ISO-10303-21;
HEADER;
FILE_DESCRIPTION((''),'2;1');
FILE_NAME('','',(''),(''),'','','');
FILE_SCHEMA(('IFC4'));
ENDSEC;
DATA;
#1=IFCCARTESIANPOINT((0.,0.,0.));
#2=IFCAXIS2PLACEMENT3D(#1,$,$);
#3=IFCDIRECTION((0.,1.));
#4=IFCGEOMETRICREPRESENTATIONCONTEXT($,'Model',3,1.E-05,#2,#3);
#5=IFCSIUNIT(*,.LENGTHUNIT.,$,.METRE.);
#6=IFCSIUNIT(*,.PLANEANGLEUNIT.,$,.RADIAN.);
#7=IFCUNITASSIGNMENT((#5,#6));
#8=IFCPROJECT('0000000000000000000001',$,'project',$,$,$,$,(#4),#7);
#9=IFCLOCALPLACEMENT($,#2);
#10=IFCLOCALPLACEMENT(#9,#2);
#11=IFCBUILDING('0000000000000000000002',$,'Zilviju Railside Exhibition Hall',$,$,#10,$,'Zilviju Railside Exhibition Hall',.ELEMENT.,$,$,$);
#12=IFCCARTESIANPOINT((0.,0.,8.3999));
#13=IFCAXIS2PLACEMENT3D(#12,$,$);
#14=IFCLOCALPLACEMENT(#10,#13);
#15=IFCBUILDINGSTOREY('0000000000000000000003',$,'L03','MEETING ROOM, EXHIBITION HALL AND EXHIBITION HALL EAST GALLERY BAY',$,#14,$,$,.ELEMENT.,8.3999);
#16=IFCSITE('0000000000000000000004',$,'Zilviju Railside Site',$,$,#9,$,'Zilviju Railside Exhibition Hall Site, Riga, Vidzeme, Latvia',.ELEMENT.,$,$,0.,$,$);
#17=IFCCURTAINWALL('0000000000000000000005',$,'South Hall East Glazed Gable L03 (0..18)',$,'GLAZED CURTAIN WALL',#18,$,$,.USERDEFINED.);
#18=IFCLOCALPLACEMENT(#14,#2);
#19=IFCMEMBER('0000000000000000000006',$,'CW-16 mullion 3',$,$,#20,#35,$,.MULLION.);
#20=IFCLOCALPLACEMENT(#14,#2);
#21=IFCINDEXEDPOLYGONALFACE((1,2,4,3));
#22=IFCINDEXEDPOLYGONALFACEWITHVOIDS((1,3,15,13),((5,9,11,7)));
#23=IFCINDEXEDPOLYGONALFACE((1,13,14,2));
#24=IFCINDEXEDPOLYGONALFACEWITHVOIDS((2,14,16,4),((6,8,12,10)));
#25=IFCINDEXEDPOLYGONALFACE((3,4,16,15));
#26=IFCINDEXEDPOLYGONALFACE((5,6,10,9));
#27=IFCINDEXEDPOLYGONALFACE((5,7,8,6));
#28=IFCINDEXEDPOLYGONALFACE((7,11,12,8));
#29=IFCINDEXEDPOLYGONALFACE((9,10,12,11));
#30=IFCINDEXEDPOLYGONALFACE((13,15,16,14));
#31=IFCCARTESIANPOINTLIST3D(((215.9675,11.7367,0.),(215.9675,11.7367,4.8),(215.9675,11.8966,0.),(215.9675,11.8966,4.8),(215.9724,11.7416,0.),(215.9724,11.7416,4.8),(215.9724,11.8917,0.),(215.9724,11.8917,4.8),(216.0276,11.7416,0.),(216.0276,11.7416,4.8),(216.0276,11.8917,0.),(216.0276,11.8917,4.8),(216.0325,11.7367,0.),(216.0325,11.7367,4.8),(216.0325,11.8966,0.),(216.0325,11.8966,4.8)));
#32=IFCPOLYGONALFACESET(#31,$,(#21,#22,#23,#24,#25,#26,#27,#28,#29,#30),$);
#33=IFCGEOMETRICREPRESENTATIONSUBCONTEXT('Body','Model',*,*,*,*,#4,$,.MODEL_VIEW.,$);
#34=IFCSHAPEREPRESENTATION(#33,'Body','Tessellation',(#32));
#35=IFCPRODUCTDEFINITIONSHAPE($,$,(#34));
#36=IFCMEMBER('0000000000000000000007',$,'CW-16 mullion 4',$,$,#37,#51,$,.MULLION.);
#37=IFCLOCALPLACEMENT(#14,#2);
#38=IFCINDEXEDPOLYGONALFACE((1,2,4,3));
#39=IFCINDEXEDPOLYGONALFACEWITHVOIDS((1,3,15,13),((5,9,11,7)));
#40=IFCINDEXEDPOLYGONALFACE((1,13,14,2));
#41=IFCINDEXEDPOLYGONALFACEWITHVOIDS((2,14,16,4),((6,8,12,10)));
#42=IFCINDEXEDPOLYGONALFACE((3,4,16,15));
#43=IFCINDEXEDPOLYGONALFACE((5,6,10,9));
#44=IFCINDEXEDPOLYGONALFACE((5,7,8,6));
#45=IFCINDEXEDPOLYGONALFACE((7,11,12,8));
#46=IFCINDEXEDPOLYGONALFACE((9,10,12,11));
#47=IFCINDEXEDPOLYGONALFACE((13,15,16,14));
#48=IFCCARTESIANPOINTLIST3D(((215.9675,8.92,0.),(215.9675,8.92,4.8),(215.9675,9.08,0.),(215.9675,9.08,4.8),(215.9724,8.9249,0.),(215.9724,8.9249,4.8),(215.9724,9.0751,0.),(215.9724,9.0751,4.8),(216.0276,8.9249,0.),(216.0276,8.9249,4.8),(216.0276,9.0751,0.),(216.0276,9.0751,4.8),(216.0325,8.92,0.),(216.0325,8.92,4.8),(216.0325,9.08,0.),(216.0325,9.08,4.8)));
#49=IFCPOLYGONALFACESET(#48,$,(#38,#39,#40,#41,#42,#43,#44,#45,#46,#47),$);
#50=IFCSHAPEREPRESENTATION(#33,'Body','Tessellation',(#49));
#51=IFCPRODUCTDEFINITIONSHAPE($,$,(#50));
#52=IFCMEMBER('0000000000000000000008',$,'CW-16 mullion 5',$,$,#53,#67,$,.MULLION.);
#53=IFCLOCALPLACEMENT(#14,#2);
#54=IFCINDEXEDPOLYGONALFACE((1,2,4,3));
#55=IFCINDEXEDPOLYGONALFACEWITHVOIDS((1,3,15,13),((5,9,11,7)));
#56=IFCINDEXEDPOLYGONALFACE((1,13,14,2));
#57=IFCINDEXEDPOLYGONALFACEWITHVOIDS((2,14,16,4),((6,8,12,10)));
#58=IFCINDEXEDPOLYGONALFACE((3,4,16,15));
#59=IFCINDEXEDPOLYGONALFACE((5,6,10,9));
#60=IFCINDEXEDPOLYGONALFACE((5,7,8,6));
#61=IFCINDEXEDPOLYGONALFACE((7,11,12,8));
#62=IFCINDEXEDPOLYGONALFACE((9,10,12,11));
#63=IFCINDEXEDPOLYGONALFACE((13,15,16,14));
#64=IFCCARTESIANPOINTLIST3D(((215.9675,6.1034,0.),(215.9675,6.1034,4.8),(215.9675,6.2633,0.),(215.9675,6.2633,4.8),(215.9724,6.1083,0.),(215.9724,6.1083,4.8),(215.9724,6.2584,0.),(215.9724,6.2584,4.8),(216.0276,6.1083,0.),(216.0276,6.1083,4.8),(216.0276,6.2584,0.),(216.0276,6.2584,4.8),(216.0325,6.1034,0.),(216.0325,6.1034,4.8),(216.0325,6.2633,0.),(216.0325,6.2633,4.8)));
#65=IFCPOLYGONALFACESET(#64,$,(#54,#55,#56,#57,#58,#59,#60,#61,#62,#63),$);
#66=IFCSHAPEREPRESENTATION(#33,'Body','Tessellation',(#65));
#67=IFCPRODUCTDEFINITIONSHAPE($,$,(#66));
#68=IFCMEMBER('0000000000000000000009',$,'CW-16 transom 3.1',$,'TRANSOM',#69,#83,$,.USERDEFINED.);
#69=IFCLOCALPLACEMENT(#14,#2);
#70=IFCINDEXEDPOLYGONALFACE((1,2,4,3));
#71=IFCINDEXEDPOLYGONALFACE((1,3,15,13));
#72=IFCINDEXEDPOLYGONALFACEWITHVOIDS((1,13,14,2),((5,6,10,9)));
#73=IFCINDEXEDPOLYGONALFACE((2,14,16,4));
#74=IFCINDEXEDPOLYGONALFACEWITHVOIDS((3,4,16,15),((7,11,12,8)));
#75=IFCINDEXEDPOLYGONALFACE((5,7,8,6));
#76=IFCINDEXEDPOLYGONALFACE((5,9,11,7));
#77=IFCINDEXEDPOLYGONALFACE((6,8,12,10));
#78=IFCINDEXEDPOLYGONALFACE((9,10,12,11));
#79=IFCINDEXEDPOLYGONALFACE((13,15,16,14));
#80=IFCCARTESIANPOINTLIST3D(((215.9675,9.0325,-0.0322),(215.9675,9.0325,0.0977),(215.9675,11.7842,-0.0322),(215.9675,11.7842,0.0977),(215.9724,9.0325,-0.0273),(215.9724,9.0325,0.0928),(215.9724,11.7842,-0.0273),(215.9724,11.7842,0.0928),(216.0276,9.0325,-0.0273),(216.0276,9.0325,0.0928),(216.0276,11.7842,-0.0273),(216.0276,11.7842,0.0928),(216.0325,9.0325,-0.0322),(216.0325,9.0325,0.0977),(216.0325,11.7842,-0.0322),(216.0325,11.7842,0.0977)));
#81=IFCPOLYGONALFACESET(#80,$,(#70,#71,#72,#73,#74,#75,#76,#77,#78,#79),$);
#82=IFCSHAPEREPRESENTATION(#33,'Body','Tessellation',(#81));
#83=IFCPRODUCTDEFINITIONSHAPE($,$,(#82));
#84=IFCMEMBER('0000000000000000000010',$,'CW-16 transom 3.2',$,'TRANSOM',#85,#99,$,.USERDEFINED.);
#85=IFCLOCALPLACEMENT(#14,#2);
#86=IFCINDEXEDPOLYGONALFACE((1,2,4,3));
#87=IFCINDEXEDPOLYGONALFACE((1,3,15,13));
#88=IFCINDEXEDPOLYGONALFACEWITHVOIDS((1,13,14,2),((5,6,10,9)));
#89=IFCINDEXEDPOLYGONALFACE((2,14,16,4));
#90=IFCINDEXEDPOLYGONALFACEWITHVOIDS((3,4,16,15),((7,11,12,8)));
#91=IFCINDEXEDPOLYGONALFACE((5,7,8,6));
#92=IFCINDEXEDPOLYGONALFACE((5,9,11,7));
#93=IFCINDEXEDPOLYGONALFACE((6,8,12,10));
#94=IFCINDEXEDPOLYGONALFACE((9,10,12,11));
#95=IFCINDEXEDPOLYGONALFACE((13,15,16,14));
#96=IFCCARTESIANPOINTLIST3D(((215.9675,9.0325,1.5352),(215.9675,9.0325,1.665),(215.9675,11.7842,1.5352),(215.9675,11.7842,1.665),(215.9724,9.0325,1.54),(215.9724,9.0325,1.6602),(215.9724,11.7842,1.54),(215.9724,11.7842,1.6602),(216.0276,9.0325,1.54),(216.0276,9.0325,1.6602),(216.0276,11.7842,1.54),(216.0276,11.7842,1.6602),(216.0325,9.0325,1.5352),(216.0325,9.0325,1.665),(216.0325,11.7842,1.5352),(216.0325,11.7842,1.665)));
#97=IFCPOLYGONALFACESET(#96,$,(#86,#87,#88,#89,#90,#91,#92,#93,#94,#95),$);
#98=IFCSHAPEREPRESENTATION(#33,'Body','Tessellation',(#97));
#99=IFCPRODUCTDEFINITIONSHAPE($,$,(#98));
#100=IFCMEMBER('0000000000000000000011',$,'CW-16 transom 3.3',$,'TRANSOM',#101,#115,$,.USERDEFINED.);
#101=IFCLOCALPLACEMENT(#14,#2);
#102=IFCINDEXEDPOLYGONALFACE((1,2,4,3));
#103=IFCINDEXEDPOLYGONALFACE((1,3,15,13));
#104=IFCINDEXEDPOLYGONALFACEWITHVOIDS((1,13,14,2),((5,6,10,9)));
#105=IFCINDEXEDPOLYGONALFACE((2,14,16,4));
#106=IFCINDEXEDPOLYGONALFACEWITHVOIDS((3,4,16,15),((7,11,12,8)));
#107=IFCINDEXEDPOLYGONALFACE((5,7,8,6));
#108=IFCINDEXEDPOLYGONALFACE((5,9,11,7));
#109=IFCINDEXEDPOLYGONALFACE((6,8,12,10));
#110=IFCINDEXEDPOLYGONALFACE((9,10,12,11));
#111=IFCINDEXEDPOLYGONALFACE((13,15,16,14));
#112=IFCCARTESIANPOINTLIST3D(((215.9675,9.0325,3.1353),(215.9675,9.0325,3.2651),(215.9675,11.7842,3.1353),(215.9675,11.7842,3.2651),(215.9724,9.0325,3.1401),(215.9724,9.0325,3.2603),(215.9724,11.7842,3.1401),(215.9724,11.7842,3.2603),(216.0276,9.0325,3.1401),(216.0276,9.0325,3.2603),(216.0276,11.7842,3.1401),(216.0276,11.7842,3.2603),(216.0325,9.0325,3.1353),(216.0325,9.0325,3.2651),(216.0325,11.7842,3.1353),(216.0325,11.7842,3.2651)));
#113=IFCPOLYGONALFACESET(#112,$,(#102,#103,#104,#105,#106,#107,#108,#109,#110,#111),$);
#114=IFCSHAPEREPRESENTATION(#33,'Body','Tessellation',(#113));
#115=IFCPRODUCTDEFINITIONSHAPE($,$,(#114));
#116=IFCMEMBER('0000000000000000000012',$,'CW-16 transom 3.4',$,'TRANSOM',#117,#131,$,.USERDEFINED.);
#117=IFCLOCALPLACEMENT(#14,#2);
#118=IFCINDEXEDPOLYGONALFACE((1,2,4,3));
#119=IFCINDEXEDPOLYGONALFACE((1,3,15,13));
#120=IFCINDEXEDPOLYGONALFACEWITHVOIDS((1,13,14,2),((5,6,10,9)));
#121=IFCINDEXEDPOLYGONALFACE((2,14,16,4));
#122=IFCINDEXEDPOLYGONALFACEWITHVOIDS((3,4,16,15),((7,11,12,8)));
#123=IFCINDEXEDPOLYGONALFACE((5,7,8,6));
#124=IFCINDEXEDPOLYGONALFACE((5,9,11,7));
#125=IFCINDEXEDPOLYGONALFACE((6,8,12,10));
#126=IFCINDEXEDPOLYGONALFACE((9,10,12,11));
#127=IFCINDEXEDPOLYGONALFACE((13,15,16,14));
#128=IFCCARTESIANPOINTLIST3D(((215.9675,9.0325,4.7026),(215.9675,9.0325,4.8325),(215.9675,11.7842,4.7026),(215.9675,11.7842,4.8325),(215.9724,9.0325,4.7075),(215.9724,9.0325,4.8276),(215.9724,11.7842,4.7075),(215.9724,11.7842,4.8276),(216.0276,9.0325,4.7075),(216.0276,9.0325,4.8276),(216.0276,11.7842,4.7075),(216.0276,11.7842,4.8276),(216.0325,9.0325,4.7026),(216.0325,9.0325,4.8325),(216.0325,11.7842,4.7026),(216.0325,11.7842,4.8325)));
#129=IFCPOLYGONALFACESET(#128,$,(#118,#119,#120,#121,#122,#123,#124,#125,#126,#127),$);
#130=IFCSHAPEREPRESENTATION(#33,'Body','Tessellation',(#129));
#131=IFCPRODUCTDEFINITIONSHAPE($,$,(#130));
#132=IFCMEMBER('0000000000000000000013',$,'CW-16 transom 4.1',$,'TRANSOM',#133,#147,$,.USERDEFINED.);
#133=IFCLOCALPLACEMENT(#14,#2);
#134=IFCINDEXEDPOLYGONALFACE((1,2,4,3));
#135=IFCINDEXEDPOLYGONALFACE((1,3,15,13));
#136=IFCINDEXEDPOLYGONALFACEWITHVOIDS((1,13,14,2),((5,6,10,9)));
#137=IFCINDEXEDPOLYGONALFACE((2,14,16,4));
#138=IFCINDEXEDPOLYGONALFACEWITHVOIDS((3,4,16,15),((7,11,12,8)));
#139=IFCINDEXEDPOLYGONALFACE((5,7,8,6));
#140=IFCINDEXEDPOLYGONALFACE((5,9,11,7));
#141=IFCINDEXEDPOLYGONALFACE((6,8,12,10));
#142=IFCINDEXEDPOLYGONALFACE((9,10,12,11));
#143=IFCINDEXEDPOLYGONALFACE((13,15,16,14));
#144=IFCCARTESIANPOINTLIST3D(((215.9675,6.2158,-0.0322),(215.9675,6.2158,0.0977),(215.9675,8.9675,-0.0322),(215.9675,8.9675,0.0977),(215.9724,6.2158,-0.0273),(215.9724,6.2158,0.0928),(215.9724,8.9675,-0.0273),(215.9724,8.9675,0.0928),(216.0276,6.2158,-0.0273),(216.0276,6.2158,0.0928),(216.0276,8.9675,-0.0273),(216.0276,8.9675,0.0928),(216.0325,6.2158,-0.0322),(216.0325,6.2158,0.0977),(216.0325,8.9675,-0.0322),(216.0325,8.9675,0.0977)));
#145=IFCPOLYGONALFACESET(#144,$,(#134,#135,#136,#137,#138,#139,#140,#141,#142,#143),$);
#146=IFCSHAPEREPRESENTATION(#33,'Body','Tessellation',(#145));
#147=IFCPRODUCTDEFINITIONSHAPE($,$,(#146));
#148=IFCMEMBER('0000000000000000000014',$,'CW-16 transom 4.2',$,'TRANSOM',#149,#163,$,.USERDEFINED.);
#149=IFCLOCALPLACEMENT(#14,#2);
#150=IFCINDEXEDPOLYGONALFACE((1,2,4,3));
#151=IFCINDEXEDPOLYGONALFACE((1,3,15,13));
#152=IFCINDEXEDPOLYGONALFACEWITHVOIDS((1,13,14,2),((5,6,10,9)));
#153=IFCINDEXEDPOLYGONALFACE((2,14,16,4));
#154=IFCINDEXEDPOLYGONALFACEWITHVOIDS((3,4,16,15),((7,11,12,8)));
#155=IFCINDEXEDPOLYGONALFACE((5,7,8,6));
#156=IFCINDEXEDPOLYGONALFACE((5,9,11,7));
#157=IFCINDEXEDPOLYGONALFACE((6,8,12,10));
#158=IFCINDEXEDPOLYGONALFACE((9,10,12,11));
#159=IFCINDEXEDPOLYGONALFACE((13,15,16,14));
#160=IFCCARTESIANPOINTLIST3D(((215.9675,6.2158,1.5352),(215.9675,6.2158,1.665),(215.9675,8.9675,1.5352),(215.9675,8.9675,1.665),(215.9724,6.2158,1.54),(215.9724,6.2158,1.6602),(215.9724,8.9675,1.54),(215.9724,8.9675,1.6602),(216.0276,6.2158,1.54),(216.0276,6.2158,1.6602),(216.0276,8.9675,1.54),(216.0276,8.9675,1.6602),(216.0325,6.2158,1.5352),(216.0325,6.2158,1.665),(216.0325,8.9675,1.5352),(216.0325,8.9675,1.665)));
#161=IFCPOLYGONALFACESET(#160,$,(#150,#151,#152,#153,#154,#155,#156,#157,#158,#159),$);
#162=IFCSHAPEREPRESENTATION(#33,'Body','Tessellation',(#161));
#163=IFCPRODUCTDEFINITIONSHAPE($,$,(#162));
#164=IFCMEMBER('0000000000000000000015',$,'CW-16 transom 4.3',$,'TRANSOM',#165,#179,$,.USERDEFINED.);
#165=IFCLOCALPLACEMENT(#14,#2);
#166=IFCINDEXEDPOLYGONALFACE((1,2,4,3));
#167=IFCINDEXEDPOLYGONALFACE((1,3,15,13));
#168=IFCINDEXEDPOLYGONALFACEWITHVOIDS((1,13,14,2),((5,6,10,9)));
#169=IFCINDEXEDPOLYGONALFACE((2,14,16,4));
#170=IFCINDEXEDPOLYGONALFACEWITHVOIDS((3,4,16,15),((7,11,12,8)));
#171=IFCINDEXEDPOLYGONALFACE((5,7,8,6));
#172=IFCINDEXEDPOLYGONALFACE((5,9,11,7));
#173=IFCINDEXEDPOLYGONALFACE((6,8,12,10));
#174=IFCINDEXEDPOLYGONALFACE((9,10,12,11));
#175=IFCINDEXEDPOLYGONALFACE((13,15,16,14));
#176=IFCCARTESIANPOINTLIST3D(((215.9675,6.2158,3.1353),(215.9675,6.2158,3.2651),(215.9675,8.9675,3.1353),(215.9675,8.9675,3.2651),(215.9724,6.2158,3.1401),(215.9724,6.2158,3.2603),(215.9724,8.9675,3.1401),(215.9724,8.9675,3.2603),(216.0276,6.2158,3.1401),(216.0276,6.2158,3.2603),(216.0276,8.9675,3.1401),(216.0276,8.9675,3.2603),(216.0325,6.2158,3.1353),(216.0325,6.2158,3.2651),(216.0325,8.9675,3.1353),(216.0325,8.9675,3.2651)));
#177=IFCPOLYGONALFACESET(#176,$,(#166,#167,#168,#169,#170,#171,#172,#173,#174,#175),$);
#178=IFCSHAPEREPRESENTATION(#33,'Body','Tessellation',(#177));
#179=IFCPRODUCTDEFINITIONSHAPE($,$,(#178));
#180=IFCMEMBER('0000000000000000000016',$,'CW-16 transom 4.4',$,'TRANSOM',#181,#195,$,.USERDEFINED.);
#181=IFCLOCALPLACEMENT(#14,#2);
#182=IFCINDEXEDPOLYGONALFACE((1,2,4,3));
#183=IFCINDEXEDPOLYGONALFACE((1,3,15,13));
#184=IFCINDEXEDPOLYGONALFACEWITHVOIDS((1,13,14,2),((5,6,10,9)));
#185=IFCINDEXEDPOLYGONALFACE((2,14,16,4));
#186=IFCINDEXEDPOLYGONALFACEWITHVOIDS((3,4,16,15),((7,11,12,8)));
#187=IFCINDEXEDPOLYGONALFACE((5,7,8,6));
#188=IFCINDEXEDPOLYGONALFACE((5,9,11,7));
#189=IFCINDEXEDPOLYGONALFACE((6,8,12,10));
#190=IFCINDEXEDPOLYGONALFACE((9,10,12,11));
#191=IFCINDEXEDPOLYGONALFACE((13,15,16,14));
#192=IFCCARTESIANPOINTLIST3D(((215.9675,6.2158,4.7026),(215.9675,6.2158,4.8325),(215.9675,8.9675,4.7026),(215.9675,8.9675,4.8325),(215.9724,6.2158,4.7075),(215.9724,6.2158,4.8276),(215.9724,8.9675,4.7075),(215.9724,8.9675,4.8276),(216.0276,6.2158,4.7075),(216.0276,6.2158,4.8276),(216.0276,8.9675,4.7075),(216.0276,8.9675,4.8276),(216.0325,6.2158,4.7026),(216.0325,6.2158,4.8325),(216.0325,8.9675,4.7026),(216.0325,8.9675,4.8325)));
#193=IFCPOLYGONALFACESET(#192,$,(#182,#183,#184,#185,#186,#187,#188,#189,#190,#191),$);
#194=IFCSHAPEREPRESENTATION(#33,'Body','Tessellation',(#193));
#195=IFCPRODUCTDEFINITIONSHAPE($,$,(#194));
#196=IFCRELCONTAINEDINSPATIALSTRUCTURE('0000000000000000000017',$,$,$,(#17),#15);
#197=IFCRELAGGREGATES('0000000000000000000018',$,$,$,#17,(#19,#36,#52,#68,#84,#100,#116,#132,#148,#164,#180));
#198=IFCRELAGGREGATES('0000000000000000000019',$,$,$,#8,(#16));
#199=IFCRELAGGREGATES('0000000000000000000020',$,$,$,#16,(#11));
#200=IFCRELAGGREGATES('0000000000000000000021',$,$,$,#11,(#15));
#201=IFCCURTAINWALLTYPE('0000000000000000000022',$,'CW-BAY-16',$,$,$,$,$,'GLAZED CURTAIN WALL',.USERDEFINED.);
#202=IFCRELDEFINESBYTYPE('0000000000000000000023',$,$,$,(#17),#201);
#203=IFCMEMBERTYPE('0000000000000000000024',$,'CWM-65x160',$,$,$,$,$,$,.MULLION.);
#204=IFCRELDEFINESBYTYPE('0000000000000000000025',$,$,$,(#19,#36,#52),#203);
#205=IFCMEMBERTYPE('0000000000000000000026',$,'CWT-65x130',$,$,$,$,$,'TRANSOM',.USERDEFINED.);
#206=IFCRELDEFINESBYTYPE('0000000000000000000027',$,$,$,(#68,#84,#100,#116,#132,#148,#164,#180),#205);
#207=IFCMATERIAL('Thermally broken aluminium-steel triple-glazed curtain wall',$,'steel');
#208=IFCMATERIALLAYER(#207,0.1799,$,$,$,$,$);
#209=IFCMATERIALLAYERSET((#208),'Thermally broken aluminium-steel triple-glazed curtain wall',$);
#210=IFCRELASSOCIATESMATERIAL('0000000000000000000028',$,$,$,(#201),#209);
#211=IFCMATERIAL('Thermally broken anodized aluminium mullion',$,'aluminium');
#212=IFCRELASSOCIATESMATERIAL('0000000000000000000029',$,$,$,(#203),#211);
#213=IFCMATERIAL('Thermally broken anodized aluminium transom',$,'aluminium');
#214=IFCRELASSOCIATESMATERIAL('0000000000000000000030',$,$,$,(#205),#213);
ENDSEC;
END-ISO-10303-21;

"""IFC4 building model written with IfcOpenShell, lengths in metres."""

from ifc_helpers import new_model, si_unit, direction, frame, origin, origin_2d, place, context, subcontext, project, spatial, hollow_rectangle, extrude, material, layer, layer_set, material_profile, profile_set, type_object, element, aggregate, save


model = new_model("IFC4")

# Units and contexts
model_context = context("Model", 3, precision=1e-05, world=origin(), true_north=direction((0.0, 1.0)))
body_context = subcontext(model_context, "Body", "Model", "MODEL_VIEW")
ifc_project = project(units=[si_unit("LENGTHUNIT", "METRE"), si_unit("PLANEANGLEUNIT", "RADIAN")], contexts=[model_context])

# Site, building, storey
site_placement = place(None, origin())
site = spatial("IfcSite", under=ifc_project, at=site_placement, Name="Zilviju Railside Site", LongName="Zilviju Railside Exhibition Hall Site, Riga, Vidzeme, Latvia", CompositionType="ELEMENT", RefElevation=0.0)
building_placement = place(site_placement, origin())
building = spatial("IfcBuilding", under=site, at=building_placement, Name="Zilviju Railside Exhibition Hall", LongName="Zilviju Railside Exhibition Hall", CompositionType="ELEMENT")
storey_placement = place(building_placement, frame((0.0, 0.0, 8.3999)))
storey = spatial("IfcBuildingStorey", under=building, at=storey_placement, Name="L03", Description="MEETING ROOM, EXHIBITION HALL AND EXHIBITION HALL EAST GALLERY BAY", CompositionType="ELEMENT", Elevation=8.3999)

# Curtain wall, members
ifc_material_1 = material(Name="Thermally broken aluminium-steel triple-glazed curtain wall", Category="steel")
ifc_layer_1 = layer(ifc_material_1, 0.1799)
ifc_layer_set_1 = layer_set([ifc_layer_1], Name="Thermally broken aluminium-steel triple-glazed curtain wall")
curtain_wall_type = type_object("IfcCurtainWallType", Name="CW-BAY-16", ElementType="GLAZED CURTAIN WALL", PredefinedType="USERDEFINED", material=ifc_layer_set_1)
curtain_wall_placement = place(storey_placement, origin())
curtain_wall = element("IfcCurtainWall", 1, at=curtain_wall_placement, inside=storey, type_object=curtain_wall_type, Name="South Hall East Glazed Gable L03 (0..18)", ObjectType="GLAZED CURTAIN WALL", PredefinedType="USERDEFINED")
ifc_material_2 = material(Name="Thermally broken anodized aluminium mullion", Category="aluminium")
ifc_material_profile_1 = material_profile(ifc_material_2, hollow_rectangle(XDim=0.0649, YDim=0.1599, WallThickness=0.0049, at=origin_2d()), Name="MULLION 160x65x5")
ifc_profile_set_1 = profile_set([ifc_material_profile_1], Name="Thermally broken anodized aluminium mullion")
member_type_1 = type_object("IfcMemberType", Name="CWM-65x160", PredefinedType="MULLION", material=ifc_profile_set_1)
member_1_placement = place(storey_placement, frame((216.0, 11.8167, 0.0), z_axis=(0.0, 0.0, 1.0), x_axis=(1.0, 0.0, 0.0)))
member_1 = element("IfcMember", 2, at=member_1_placement, type_object=member_type_1, Name="CW-16 mullion 3", PredefinedType="MULLION", context=body_context, shape_type="SweptSolid", body=[
    extrude(hollow_rectangle(XDim=0.0649, YDim=0.1599, WallThickness=0.0049, at=origin_2d()), origin(), (0.0, 0.0, 1.0), 4.8),
])
member_2_placement = place(storey_placement, frame((216.0, 9.0, 0.0), z_axis=(0.0, 0.0, 1.0), x_axis=(1.0, 0.0, 0.0)))
member_2 = element("IfcMember", 3, at=member_2_placement, type_object=member_type_1, Name="CW-16 mullion 4", PredefinedType="MULLION", context=body_context, shape_type="SweptSolid", body=[
    extrude(hollow_rectangle(XDim=0.0649, YDim=0.1599, WallThickness=0.0049, at=origin_2d()), origin(), (0.0, 0.0, 1.0), 4.8),
])
member_3_placement = place(storey_placement, frame((216.0, 6.1833, 0.0), z_axis=(0.0, 0.0, 1.0), x_axis=(1.0, 0.0, 0.0)))
member_3 = element("IfcMember", 4, at=member_3_placement, type_object=member_type_1, Name="CW-16 mullion 5", PredefinedType="MULLION", context=body_context, shape_type="SweptSolid", body=[
    extrude(hollow_rectangle(XDim=0.0649, YDim=0.1599, WallThickness=0.0049, at=origin_2d()), origin(), (0.0, 0.0, 1.0), 4.8),
])
ifc_material_3 = material(Name="Thermally broken anodized aluminium transom", Category="aluminium")
ifc_material_profile_2 = material_profile(ifc_material_3, hollow_rectangle(XDim=0.0649, YDim=0.1299, WallThickness=0.0049, at=origin_2d()), Name="TRANSOM 130x65x5")
ifc_profile_set_2 = profile_set([ifc_material_profile_2], Name="Thermally broken anodized aluminium transom")
member_type_2 = type_object("IfcMemberType", Name="CWT-65x130", ElementType="TRANSOM", PredefinedType="USERDEFINED", material=ifc_profile_set_2)
member_4_placement = place(storey_placement, frame((216.0, 11.7842, 0.0327), z_axis=(0.0, -1.0, 0.0), x_axis=(1.0, 0.0, 0.0)))
member_4 = element("IfcMember", 5, at=member_4_placement, type_object=member_type_2, Name="CW-16 transom 3.1", ObjectType="TRANSOM", PredefinedType="USERDEFINED", context=body_context, shape_type="SweptSolid", body=[
    extrude(hollow_rectangle(XDim=0.0649, YDim=0.1299, WallThickness=0.0049, at=origin_2d()), origin(), (0.0, 0.0, 1.0), 2.7517),
])
member_5_placement = place(storey_placement, frame((216.0, 11.7842, 1.6001), z_axis=(0.0, -1.0, 0.0), x_axis=(1.0, 0.0, 0.0)))
member_5 = element("IfcMember", 6, at=member_5_placement, type_object=member_type_2, Name="CW-16 transom 3.2", ObjectType="TRANSOM", PredefinedType="USERDEFINED", context=body_context, shape_type="SweptSolid", body=[
    extrude(hollow_rectangle(XDim=0.0649, YDim=0.1299, WallThickness=0.0049, at=origin_2d()), origin(), (0.0, 0.0, 1.0), 2.7517),
])
member_6_placement = place(storey_placement, frame((216.0, 11.7842, 3.2002), z_axis=(0.0, -1.0, 0.0), x_axis=(1.0, 0.0, 0.0)))
member_6 = element("IfcMember", 7, at=member_6_placement, type_object=member_type_2, Name="CW-16 transom 3.3", ObjectType="TRANSOM", PredefinedType="USERDEFINED", context=body_context, shape_type="SweptSolid", body=[
    extrude(hollow_rectangle(XDim=0.0649, YDim=0.1299, WallThickness=0.0049, at=origin_2d()), origin(), (0.0, 0.0, 1.0), 2.7517),
])
member_7_placement = place(storey_placement, frame((216.0, 11.7842, 4.7676), z_axis=(0.0, -1.0, 0.0), x_axis=(1.0, 0.0, 0.0)))
member_7 = element("IfcMember", 8, at=member_7_placement, type_object=member_type_2, Name="CW-16 transom 3.4", ObjectType="TRANSOM", PredefinedType="USERDEFINED", context=body_context, shape_type="SweptSolid", body=[
    extrude(hollow_rectangle(XDim=0.0649, YDim=0.1299, WallThickness=0.0049, at=origin_2d()), origin(), (0.0, 0.0, 1.0), 2.7517),
])
member_8_placement = place(storey_placement, frame((216.0, 8.9675, 0.0327), z_axis=(0.0, -1.0, 0.0), x_axis=(1.0, 0.0, 0.0)))
member_8 = element("IfcMember", 9, at=member_8_placement, type_object=member_type_2, Name="CW-16 transom 4.1", ObjectType="TRANSOM", PredefinedType="USERDEFINED", context=body_context, shape_type="SweptSolid", body=[
    extrude(hollow_rectangle(XDim=0.0649, YDim=0.1299, WallThickness=0.0049, at=origin_2d()), origin(), (0.0, 0.0, 1.0), 2.7517),
])
member_9_placement = place(storey_placement, frame((216.0, 8.9675, 1.6001), z_axis=(0.0, -1.0, 0.0), x_axis=(1.0, 0.0, 0.0)))
member_9 = element("IfcMember", 10, at=member_9_placement, type_object=member_type_2, Name="CW-16 transom 4.2", ObjectType="TRANSOM", PredefinedType="USERDEFINED", context=body_context, shape_type="SweptSolid", body=[
    extrude(hollow_rectangle(XDim=0.0649, YDim=0.1299, WallThickness=0.0049, at=origin_2d()), origin(), (0.0, 0.0, 1.0), 2.7517),
])
member_10_placement = place(storey_placement, frame((216.0, 8.9675, 3.2002), z_axis=(0.0, -1.0, 0.0), x_axis=(1.0, 0.0, 0.0)))
member_10 = element("IfcMember", 11, at=member_10_placement, type_object=member_type_2, Name="CW-16 transom 4.3", ObjectType="TRANSOM", PredefinedType="USERDEFINED", context=body_context, shape_type="SweptSolid", body=[
    extrude(hollow_rectangle(XDim=0.0649, YDim=0.1299, WallThickness=0.0049, at=origin_2d()), origin(), (0.0, 0.0, 1.0), 2.7517),
])
member_11_placement = place(storey_placement, frame((216.0, 8.9675, 4.7676), z_axis=(0.0, -1.0, 0.0), x_axis=(1.0, 0.0, 0.0)))
member_11 = element("IfcMember", 12, at=member_11_placement, type_object=member_type_2, Name="CW-16 transom 4.4", ObjectType="TRANSOM", PredefinedType="USERDEFINED", context=body_context, shape_type="SweptSolid", body=[
    extrude(hollow_rectangle(XDim=0.0649, YDim=0.1299, WallThickness=0.0049, at=origin_2d()), origin(), (0.0, 0.0, 1.0), 2.7517),
])
aggregate(curtain_wall, [member_1, member_2, member_3, member_4, member_5, member_6, member_7, member_8, member_9, member_10, member_11])

save(model, "model.ifc")
